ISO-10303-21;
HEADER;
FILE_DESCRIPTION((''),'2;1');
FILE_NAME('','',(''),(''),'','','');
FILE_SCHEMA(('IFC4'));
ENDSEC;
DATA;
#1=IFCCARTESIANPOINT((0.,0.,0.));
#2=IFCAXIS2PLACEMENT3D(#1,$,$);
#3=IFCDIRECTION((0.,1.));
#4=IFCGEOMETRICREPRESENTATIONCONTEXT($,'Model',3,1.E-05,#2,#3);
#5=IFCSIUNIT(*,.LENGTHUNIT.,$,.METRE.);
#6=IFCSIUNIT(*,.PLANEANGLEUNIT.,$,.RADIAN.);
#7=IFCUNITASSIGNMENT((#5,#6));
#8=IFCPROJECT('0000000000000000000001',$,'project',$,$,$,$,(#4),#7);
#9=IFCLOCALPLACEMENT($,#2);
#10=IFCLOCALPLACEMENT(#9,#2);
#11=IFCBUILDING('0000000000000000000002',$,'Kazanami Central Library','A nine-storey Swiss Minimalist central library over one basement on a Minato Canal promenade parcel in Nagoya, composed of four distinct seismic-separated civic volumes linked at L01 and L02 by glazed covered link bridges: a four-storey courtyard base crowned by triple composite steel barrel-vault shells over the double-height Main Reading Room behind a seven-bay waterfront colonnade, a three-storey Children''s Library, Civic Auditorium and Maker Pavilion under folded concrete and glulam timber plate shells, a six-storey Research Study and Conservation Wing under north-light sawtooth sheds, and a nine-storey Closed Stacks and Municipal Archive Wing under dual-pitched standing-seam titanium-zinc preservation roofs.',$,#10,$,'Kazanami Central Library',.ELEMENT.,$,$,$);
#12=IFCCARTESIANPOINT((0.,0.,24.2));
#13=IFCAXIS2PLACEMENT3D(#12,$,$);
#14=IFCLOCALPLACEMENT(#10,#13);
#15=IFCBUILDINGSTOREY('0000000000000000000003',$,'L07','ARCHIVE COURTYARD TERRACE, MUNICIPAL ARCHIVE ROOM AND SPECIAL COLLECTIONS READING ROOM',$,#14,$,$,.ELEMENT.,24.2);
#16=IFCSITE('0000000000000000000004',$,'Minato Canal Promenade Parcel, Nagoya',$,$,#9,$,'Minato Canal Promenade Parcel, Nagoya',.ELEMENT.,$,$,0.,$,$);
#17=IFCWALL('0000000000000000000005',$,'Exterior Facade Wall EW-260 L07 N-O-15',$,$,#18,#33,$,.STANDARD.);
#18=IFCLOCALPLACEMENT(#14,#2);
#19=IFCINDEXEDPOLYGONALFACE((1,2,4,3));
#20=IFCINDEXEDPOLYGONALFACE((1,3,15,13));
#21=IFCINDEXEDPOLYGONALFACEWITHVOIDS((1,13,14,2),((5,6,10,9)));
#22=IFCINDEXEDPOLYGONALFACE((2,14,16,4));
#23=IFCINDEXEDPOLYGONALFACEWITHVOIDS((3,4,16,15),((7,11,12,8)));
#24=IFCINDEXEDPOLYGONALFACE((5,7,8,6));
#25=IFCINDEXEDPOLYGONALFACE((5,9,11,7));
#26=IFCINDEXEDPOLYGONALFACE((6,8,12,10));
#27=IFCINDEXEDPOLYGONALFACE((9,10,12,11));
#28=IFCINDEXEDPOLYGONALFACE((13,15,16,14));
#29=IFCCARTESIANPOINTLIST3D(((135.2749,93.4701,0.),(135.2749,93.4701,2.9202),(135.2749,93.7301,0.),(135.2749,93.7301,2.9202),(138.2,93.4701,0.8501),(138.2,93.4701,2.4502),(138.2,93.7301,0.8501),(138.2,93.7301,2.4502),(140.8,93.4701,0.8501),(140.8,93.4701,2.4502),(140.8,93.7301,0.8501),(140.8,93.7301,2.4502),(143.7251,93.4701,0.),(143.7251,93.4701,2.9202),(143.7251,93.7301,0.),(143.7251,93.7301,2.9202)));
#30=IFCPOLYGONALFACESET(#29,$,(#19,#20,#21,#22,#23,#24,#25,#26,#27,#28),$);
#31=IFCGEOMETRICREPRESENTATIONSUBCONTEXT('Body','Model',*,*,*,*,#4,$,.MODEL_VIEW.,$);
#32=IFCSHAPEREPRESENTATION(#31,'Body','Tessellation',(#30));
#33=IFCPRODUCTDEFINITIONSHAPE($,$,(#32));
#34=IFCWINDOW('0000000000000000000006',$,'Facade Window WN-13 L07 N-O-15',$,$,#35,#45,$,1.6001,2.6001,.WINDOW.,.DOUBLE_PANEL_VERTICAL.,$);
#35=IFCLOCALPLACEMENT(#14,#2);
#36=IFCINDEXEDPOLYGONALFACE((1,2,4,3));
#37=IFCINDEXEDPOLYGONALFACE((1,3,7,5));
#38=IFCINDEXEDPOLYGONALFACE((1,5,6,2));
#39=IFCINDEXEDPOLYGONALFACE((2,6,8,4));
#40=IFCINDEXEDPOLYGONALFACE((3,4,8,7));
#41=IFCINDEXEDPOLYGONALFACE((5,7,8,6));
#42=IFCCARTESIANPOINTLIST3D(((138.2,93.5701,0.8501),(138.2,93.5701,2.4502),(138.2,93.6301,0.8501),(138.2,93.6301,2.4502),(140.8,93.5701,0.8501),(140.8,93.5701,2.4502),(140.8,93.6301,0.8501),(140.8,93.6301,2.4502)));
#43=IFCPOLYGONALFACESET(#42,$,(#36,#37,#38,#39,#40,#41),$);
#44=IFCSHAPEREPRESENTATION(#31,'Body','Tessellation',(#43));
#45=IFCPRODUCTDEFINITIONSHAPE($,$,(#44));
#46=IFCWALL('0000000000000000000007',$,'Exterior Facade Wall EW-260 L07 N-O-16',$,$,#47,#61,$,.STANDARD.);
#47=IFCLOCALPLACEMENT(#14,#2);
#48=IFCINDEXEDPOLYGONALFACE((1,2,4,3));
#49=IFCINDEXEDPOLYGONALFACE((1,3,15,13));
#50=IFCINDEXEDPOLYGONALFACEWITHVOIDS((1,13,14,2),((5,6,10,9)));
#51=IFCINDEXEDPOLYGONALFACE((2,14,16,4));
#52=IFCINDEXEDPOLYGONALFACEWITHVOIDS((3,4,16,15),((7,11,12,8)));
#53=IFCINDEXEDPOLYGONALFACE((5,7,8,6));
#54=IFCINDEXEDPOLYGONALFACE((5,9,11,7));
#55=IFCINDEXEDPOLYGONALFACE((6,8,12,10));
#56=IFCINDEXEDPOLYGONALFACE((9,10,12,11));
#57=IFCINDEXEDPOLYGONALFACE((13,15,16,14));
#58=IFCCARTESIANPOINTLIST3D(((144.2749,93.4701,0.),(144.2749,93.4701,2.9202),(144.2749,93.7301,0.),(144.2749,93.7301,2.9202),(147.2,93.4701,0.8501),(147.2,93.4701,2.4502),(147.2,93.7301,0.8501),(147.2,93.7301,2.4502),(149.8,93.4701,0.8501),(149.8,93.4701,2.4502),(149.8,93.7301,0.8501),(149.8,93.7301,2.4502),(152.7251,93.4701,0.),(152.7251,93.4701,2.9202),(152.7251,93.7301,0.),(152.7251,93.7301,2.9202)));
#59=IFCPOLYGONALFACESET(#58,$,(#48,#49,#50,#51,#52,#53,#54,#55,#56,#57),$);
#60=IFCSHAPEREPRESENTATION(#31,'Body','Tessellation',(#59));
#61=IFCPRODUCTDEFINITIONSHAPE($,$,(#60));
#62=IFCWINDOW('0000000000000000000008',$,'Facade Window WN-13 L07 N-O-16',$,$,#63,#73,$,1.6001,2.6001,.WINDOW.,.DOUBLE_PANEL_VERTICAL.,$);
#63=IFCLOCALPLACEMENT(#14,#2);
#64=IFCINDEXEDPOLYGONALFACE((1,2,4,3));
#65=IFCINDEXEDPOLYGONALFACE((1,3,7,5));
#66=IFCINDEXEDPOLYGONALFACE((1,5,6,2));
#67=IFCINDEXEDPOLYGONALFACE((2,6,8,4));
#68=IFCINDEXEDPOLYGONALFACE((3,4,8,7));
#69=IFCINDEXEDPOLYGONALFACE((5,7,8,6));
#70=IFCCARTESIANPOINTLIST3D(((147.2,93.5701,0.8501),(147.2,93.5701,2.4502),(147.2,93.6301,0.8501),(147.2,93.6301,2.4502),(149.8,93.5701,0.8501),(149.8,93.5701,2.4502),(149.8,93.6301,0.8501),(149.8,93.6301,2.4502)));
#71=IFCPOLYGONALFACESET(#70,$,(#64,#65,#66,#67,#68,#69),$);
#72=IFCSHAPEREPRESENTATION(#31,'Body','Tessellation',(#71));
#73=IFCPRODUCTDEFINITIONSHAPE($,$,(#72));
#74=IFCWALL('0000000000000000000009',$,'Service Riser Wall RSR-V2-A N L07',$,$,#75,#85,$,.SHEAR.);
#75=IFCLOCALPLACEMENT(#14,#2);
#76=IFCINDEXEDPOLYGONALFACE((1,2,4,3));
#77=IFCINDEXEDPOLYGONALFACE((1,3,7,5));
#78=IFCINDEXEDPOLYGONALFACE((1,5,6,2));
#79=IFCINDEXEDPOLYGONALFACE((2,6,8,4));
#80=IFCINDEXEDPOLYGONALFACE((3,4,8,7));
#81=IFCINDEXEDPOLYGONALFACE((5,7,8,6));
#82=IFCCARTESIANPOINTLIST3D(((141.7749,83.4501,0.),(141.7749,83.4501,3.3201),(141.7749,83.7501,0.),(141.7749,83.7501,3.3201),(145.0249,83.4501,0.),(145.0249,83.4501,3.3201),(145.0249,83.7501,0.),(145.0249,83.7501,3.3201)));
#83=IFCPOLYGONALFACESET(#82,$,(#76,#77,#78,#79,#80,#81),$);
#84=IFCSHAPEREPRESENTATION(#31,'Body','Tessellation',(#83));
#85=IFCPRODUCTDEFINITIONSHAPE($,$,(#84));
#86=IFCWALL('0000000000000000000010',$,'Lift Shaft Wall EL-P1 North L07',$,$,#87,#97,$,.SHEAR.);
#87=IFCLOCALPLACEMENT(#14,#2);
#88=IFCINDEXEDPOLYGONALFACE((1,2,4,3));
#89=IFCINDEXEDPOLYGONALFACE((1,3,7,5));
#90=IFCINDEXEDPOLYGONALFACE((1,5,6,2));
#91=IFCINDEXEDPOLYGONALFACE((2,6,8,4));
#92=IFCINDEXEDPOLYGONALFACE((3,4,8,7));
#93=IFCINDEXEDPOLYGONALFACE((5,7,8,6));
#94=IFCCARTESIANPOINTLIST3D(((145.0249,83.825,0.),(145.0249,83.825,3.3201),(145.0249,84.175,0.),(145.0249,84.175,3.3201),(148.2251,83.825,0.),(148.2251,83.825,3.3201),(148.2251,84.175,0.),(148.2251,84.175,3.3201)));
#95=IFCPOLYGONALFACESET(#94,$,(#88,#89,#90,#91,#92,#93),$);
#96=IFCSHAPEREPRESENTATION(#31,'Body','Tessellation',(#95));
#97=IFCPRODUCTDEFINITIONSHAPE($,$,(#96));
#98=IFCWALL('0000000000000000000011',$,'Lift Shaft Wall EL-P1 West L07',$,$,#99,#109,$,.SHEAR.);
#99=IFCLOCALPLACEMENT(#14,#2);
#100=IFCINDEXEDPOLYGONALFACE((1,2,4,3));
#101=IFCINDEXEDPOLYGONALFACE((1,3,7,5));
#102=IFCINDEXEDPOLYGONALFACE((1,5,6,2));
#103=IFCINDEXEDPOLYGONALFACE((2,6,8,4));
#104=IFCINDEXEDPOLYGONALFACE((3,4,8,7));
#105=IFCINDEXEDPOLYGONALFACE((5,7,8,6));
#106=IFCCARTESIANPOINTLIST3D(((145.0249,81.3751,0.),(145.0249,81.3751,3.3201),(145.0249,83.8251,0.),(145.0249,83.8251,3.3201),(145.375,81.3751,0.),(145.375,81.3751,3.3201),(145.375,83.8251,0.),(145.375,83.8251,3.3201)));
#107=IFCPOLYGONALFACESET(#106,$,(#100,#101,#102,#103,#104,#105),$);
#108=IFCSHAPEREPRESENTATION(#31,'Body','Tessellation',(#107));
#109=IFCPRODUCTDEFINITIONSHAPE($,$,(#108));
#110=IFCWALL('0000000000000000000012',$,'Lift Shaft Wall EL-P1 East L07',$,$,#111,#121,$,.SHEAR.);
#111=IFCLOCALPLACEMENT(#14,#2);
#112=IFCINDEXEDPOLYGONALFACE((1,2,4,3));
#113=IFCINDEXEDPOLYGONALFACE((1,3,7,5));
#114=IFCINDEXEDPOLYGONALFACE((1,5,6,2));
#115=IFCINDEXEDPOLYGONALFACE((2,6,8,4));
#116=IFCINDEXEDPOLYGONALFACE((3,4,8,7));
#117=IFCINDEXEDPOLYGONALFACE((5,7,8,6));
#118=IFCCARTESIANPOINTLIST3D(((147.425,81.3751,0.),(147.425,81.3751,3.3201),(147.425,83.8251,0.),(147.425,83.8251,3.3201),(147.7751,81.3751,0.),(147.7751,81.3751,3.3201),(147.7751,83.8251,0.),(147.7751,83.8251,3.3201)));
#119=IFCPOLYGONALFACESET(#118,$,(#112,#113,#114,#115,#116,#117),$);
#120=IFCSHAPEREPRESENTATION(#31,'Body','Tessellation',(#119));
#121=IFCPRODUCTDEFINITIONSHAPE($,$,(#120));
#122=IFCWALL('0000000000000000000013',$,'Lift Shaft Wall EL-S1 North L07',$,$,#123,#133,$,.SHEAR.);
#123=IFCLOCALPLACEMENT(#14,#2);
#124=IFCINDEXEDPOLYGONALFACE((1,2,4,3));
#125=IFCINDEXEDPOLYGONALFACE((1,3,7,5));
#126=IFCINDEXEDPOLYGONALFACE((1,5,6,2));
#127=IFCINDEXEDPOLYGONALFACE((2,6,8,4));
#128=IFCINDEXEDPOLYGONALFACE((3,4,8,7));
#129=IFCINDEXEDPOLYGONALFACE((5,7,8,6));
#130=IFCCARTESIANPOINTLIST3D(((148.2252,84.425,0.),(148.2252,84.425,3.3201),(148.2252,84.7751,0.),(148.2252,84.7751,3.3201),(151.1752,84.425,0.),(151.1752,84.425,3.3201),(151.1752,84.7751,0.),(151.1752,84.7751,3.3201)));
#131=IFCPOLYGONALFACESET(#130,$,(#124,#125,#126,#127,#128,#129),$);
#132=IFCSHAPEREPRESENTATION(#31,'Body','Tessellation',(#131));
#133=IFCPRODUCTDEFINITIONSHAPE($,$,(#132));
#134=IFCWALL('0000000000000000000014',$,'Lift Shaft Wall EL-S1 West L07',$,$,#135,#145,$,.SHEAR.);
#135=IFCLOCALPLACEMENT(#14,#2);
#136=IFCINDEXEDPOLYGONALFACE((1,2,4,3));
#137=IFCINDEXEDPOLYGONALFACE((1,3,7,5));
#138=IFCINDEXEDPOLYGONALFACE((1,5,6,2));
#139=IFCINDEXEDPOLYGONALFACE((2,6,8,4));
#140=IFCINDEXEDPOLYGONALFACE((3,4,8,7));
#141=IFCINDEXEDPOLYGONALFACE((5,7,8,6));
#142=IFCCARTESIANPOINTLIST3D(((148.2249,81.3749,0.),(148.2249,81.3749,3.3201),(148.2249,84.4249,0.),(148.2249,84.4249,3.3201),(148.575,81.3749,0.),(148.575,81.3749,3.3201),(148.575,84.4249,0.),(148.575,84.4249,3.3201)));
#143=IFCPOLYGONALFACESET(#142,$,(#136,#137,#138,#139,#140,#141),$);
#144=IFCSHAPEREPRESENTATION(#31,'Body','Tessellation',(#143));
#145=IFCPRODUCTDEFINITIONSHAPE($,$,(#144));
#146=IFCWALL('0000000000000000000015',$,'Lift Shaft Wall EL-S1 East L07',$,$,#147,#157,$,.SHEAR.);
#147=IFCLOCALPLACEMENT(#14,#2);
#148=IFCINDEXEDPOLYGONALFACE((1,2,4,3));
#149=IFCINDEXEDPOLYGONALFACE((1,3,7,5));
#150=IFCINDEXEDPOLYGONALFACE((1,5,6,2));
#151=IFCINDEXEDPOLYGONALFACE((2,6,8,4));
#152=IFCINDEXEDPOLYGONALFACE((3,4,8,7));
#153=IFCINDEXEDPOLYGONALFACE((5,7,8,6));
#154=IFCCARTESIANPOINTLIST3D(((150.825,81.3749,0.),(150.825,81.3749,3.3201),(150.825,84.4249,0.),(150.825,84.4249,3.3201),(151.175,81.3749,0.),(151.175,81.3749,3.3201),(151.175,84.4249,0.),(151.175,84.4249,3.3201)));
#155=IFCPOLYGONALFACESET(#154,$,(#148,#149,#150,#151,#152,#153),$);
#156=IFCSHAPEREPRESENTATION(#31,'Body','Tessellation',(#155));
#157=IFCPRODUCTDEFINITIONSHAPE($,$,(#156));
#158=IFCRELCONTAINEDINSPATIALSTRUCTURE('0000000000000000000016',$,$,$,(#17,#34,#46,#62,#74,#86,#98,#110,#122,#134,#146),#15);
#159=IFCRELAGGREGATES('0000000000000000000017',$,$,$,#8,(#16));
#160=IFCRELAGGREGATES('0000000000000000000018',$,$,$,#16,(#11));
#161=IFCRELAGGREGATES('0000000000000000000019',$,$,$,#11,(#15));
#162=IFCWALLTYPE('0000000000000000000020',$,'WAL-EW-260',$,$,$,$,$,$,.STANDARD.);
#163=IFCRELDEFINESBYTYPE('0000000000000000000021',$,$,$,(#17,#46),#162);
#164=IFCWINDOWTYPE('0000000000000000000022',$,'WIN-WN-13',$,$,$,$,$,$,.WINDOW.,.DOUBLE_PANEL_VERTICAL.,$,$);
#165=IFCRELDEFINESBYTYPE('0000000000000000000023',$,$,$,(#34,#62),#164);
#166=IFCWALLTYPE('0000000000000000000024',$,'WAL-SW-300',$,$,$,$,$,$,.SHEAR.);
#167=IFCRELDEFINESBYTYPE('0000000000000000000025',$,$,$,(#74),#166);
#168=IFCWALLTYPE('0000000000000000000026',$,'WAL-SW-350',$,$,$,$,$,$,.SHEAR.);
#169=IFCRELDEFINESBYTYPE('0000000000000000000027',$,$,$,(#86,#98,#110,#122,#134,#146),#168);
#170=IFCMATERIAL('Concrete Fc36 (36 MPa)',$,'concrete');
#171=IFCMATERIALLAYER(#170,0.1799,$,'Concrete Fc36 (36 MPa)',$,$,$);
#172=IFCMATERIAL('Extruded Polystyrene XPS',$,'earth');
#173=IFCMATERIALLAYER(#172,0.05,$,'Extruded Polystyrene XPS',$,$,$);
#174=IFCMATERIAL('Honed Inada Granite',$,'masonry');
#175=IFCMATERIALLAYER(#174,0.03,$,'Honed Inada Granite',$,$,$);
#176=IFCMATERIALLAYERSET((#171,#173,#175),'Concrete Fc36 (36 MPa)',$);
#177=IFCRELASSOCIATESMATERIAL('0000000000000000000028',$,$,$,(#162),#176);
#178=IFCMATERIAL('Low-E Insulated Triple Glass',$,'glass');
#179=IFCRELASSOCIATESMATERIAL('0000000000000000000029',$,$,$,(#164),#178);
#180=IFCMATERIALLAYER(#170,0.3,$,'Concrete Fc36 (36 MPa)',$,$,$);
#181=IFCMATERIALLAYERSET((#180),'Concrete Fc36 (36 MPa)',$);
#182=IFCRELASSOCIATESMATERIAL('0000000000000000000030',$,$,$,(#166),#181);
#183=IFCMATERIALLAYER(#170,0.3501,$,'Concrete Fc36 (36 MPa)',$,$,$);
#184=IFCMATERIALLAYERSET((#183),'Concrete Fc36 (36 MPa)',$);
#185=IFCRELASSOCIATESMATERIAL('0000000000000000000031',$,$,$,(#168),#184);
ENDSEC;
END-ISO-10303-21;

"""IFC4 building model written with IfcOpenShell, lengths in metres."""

from ifc_helpers import new_model, si_unit, direction, frame, frame_2d, origin, place, context, subcontext, project, spatial, rectangle, extrude, material, layer, layer_set, type_object, element, fill, save


model = new_model("IFC4")

# Units and contexts
model_context = context("Model", 3, precision=1e-05, world=origin(), true_north=direction((0.0, 1.0)))
body_context = subcontext(model_context, "Body", "Model", "MODEL_VIEW")
ifc_project = project(units=[si_unit("LENGTHUNIT", "METRE"), si_unit("PLANEANGLEUNIT", "RADIAN")], contexts=[model_context])

# Site, building, storey
site_placement = place(None, origin())
site = spatial("IfcSite", under=ifc_project, at=site_placement, Name="Minato Canal Promenade Parcel, Nagoya", LongName="Minato Canal Promenade Parcel, Nagoya", CompositionType="ELEMENT", RefElevation=0.0)
building_placement = place(site_placement, origin())
building = spatial("IfcBuilding", under=site, at=building_placement, Name="Kazanami Central Library", Description="A nine-storey Swiss Minimalist central library over one basement on a Minato Canal promenade parcel in Nagoya, composed of four distinct seismic-separated civic volumes linked at L01 and L02 by glazed covered link bridges: a four-storey courtyard base crowned by triple composite steel barrel-vault shells over the double-height Main Reading Room behind a seven-bay waterfront colonnade, a three-storey Children's Library, Civic Auditorium and Maker Pavilion under folded concrete and glulam timber plate shells, a six-storey Research Study and Conservation Wing under north-light sawtooth sheds, and a nine-storey Closed Stacks and Municipal Archive Wing under dual-pitched standing-seam titanium-zinc preservation roofs.", LongName="Kazanami Central Library", CompositionType="ELEMENT")
storey_placement = place(building_placement, frame((0.0, 0.0, 24.2)))
storey = spatial("IfcBuildingStorey", under=building, at=storey_placement, Name="L07", Description="ARCHIVE COURTYARD TERRACE, MUNICIPAL ARCHIVE ROOM AND SPECIAL COLLECTIONS READING ROOM", CompositionType="ELEMENT", Elevation=24.2)

# Walls, openings, windows
ifc_material_1 = material(Name="Concrete Fc36 (36 MPa)", Category="concrete")
ifc_layer_1 = layer(ifc_material_1, 0.1799, Name="Concrete Fc36 (36 MPa)")
ifc_material_2 = material(Name="Extruded Polystyrene XPS", Category="earth")
ifc_layer_2 = layer(ifc_material_2, 0.05, Name="Extruded Polystyrene XPS")
ifc_material_3 = material(Name="Honed Inada Granite", Category="masonry")
ifc_layer_3 = layer(ifc_material_3, 0.03, Name="Honed Inada Granite")
ifc_layer_set_1 = layer_set([ifc_layer_1, ifc_layer_2, ifc_layer_3], Name="Concrete Fc36 (36 MPa)")
wall_type_1 = type_object("IfcWallType", Name="WAL-EW-260", PredefinedType="STANDARD", material=ifc_layer_set_1)
wall_1_placement = place(storey_placement, frame((143.7251, 93.6001, 0.0), z_axis=(0.0, 0.0, 1.0), x_axis=(-1.0, 0.0, 0.0)))
wall_1 = element("IfcWall", 1, at=wall_1_placement, inside=storey, type_object=wall_type_1, Name="Exterior Facade Wall EW-260 L07 N-O-15", PredefinedType="STANDARD", context=body_context, shape_type="SweptSolid", body=[
    extrude(rectangle(XDim=8.4502, YDim=0.26, at=frame_2d((4.2251, 0.0))), origin(), (0.0, 0.0, 1.0), 2.9202),
])
opening_1_placement = place(wall_1_placement, frame((2.925, 0.0, 0.8501)))
opening_1 = element("IfcOpeningElement", 2, at=opening_1_placement, cuts=wall_1, PredefinedType="OPENING", context=body_context, shape_type="SweptSolid", body=[
    extrude(rectangle(XDim=2.6001, YDim=1.6001, at=frame_2d((1.3, 0.8))), frame((0.0, 0.1421, 0.0), z_axis=(0.0, -1.0, 0.0), x_axis=(1.0, 0.0, 0.0)), (0.0, 0.0, 1.0), 0.2839),
])
ifc_material_4 = material(Name="Low-E Insulated Triple Glass", Category="glass")
window_type = type_object("IfcWindowType", Name="WIN-WN-13", PartitioningType="DOUBLE_PANEL_VERTICAL", PredefinedType="WINDOW", material=ifc_material_4)
window_1_placement = place(opening_1_placement, origin())
window_1 = element("IfcWindow", 3, at=window_1_placement, inside=storey, type_object=window_type, Name="Facade Window WN-13 L07 N-O-15", OverallHeight=1.6001, OverallWidth=2.6001, PartitioningType="DOUBLE_PANEL_VERTICAL", PredefinedType="WINDOW", context=body_context, shape_type="SweptSolid", body=[
    extrude(rectangle(XDim=2.6001, YDim=1.6001, at=frame_2d((1.3, 0.8))), frame((0.0, 0.03, 0.0), z_axis=(0.0, -1.0, 0.0), x_axis=(1.0, 0.0, 0.0)), (0.0, 0.0, 1.0), 0.0601),
])
fill(opening_1, window_1)
wall_2_placement = place(storey_placement, frame((152.7251, 93.6001, 0.0), z_axis=(0.0, 0.0, 1.0), x_axis=(-1.0, 0.0, 0.0)))
wall_2 = element("IfcWall", 4, at=wall_2_placement, inside=storey, type_object=wall_type_1, Name="Exterior Facade Wall EW-260 L07 N-O-16", PredefinedType="STANDARD", context=body_context, shape_type="SweptSolid", body=[
    extrude(rectangle(XDim=8.4502, YDim=0.26, at=frame_2d((4.2251, 0.0))), origin(), (0.0, 0.0, 1.0), 2.9202),
])
opening_2_placement = place(wall_2_placement, frame((2.925, 0.0, 0.8501)))
opening_2 = element("IfcOpeningElement", 5, at=opening_2_placement, cuts=wall_2, PredefinedType="OPENING", context=body_context, shape_type="SweptSolid", body=[
    extrude(rectangle(XDim=2.6001, YDim=1.6001, at=frame_2d((1.3, 0.8))), frame((0.0, 0.1421, 0.0), z_axis=(0.0, -1.0, 0.0), x_axis=(1.0, 0.0, 0.0)), (0.0, 0.0, 1.0), 0.2839),
])
window_2_placement = place(opening_2_placement, origin())
window_2 = element("IfcWindow", 6, at=window_2_placement, inside=storey, type_object=window_type, Name="Facade Window WN-13 L07 N-O-16", OverallHeight=1.6001, OverallWidth=2.6001, PartitioningType="DOUBLE_PANEL_VERTICAL", PredefinedType="WINDOW", context=body_context, shape_type="SweptSolid", body=[
    extrude(rectangle(XDim=2.6001, YDim=1.6001, at=frame_2d((1.3, 0.8))), frame((0.0, 0.03, 0.0), z_axis=(0.0, -1.0, 0.0), x_axis=(1.0, 0.0, 0.0)), (0.0, 0.0, 1.0), 0.0601),
])
fill(opening_2, window_2)

# Walls
ifc_layer_4 = layer(ifc_material_1, 0.3, Name="Concrete Fc36 (36 MPa)")
ifc_layer_set_2 = layer_set([ifc_layer_4], Name="Concrete Fc36 (36 MPa)")
wall_type_2 = type_object("IfcWallType", Name="WAL-SW-300", PredefinedType="SHEAR", material=ifc_layer_set_2)
wall_3_placement = place(storey_placement, frame((141.7749, 83.6001, 0.0), z_axis=(0.0, 0.0, 1.0), x_axis=(1.0, 0.0, 0.0)))
element("IfcWall", 7, at=wall_3_placement, inside=storey, type_object=wall_type_2, Name="Service Riser Wall RSR-V2-A N L07", PredefinedType="SHEAR", context=body_context, shape_type="SweptSolid", body=[
    extrude(rectangle(XDim=3.25, YDim=0.3, at=frame_2d((1.625, 0.0))), origin(), (0.0, 0.0, 1.0), 3.3201),
])
ifc_layer_5 = layer(ifc_material_1, 0.3501, Name="Concrete Fc36 (36 MPa)")
ifc_layer_set_3 = layer_set([ifc_layer_5], Name="Concrete Fc36 (36 MPa)")
wall_type_3 = type_object("IfcWallType", Name="WAL-SW-350", PredefinedType="SHEAR", material=ifc_layer_set_3)
wall_4_placement = place(storey_placement, frame((145.0249, 84.0, 0.0), z_axis=(0.0, 0.0, 1.0), x_axis=(1.0, 0.0, 0.0)))
element("IfcWall", 8, at=wall_4_placement, inside=storey, type_object=wall_type_3, Name="Lift Shaft Wall EL-P1 North L07", PredefinedType="SHEAR", context=body_context, shape_type="SweptSolid", body=[
    extrude(rectangle(XDim=3.2002, YDim=0.3501, at=frame_2d((1.6001, 0.0))), origin(), (0.0, 0.0, 1.0), 3.3201),
])
for number, where, z_axis, x_axis, name in (
    (9, (145.2, 81.375, 0.0), (0.0, 0.0, 1.0), (0.0, 1.0, 0.0), "Lift Shaft Wall EL-P1 West L07"),
    (10, (147.6001, 81.375, 0.0), (0.0, 0.0, 1.0), (0.0, 1.0, 0.0), "Lift Shaft Wall EL-P1 East L07"),
):
    element("IfcWall", number, at=place(storey_placement, frame(where, z_axis=z_axis, x_axis=x_axis)), inside=storey, type_object=wall_type_3, Name=name, PredefinedType="SHEAR", context=body_context, shape_type="SweptSolid", body=[
        extrude(rectangle(XDim=2.45, YDim=0.3501, at=frame_2d((1.2251, 0.0))), origin(), (0.0, 0.0, 1.0), 3.3201),
    ])
wall_5_placement = place(storey_placement, frame((148.2251, 84.6001, 0.0), z_axis=(0.0, 0.0, 1.0), x_axis=(1.0, 0.0, 0.0)))
element("IfcWall", 11, at=wall_5_placement, inside=storey, type_object=wall_type_3, Name="Lift Shaft Wall EL-S1 North L07", PredefinedType="SHEAR", context=body_context, shape_type="SweptSolid", body=[
    extrude(rectangle(XDim=2.95, YDim=0.3501, at=frame_2d((1.4751, 0.0))), origin(), (0.0, 0.0, 1.0), 3.3201),
])
for number, where, z_axis, x_axis, name in (
    (12, (148.3999, 81.375, 0.0), (0.0, 0.0, 1.0), (0.0, 1.0, 0.0), "Lift Shaft Wall EL-S1 West L07"),
    (13, (151.0, 81.375, 0.0), (0.0, 0.0, 1.0), (0.0, 1.0, 0.0), "Lift Shaft Wall EL-S1 East L07"),
):
    element("IfcWall", number, at=place(storey_placement, frame(where, z_axis=z_axis, x_axis=x_axis)), inside=storey, type_object=wall_type_3, Name=name, PredefinedType="SHEAR", context=body_context, shape_type="SweptSolid", body=[
        extrude(rectangle(XDim=3.05, YDim=0.3501, at=frame_2d((1.5249, 0.0))), origin(), (0.0, 0.0, 1.0), 3.3201),
    ])

save(model, "model.ifc")
